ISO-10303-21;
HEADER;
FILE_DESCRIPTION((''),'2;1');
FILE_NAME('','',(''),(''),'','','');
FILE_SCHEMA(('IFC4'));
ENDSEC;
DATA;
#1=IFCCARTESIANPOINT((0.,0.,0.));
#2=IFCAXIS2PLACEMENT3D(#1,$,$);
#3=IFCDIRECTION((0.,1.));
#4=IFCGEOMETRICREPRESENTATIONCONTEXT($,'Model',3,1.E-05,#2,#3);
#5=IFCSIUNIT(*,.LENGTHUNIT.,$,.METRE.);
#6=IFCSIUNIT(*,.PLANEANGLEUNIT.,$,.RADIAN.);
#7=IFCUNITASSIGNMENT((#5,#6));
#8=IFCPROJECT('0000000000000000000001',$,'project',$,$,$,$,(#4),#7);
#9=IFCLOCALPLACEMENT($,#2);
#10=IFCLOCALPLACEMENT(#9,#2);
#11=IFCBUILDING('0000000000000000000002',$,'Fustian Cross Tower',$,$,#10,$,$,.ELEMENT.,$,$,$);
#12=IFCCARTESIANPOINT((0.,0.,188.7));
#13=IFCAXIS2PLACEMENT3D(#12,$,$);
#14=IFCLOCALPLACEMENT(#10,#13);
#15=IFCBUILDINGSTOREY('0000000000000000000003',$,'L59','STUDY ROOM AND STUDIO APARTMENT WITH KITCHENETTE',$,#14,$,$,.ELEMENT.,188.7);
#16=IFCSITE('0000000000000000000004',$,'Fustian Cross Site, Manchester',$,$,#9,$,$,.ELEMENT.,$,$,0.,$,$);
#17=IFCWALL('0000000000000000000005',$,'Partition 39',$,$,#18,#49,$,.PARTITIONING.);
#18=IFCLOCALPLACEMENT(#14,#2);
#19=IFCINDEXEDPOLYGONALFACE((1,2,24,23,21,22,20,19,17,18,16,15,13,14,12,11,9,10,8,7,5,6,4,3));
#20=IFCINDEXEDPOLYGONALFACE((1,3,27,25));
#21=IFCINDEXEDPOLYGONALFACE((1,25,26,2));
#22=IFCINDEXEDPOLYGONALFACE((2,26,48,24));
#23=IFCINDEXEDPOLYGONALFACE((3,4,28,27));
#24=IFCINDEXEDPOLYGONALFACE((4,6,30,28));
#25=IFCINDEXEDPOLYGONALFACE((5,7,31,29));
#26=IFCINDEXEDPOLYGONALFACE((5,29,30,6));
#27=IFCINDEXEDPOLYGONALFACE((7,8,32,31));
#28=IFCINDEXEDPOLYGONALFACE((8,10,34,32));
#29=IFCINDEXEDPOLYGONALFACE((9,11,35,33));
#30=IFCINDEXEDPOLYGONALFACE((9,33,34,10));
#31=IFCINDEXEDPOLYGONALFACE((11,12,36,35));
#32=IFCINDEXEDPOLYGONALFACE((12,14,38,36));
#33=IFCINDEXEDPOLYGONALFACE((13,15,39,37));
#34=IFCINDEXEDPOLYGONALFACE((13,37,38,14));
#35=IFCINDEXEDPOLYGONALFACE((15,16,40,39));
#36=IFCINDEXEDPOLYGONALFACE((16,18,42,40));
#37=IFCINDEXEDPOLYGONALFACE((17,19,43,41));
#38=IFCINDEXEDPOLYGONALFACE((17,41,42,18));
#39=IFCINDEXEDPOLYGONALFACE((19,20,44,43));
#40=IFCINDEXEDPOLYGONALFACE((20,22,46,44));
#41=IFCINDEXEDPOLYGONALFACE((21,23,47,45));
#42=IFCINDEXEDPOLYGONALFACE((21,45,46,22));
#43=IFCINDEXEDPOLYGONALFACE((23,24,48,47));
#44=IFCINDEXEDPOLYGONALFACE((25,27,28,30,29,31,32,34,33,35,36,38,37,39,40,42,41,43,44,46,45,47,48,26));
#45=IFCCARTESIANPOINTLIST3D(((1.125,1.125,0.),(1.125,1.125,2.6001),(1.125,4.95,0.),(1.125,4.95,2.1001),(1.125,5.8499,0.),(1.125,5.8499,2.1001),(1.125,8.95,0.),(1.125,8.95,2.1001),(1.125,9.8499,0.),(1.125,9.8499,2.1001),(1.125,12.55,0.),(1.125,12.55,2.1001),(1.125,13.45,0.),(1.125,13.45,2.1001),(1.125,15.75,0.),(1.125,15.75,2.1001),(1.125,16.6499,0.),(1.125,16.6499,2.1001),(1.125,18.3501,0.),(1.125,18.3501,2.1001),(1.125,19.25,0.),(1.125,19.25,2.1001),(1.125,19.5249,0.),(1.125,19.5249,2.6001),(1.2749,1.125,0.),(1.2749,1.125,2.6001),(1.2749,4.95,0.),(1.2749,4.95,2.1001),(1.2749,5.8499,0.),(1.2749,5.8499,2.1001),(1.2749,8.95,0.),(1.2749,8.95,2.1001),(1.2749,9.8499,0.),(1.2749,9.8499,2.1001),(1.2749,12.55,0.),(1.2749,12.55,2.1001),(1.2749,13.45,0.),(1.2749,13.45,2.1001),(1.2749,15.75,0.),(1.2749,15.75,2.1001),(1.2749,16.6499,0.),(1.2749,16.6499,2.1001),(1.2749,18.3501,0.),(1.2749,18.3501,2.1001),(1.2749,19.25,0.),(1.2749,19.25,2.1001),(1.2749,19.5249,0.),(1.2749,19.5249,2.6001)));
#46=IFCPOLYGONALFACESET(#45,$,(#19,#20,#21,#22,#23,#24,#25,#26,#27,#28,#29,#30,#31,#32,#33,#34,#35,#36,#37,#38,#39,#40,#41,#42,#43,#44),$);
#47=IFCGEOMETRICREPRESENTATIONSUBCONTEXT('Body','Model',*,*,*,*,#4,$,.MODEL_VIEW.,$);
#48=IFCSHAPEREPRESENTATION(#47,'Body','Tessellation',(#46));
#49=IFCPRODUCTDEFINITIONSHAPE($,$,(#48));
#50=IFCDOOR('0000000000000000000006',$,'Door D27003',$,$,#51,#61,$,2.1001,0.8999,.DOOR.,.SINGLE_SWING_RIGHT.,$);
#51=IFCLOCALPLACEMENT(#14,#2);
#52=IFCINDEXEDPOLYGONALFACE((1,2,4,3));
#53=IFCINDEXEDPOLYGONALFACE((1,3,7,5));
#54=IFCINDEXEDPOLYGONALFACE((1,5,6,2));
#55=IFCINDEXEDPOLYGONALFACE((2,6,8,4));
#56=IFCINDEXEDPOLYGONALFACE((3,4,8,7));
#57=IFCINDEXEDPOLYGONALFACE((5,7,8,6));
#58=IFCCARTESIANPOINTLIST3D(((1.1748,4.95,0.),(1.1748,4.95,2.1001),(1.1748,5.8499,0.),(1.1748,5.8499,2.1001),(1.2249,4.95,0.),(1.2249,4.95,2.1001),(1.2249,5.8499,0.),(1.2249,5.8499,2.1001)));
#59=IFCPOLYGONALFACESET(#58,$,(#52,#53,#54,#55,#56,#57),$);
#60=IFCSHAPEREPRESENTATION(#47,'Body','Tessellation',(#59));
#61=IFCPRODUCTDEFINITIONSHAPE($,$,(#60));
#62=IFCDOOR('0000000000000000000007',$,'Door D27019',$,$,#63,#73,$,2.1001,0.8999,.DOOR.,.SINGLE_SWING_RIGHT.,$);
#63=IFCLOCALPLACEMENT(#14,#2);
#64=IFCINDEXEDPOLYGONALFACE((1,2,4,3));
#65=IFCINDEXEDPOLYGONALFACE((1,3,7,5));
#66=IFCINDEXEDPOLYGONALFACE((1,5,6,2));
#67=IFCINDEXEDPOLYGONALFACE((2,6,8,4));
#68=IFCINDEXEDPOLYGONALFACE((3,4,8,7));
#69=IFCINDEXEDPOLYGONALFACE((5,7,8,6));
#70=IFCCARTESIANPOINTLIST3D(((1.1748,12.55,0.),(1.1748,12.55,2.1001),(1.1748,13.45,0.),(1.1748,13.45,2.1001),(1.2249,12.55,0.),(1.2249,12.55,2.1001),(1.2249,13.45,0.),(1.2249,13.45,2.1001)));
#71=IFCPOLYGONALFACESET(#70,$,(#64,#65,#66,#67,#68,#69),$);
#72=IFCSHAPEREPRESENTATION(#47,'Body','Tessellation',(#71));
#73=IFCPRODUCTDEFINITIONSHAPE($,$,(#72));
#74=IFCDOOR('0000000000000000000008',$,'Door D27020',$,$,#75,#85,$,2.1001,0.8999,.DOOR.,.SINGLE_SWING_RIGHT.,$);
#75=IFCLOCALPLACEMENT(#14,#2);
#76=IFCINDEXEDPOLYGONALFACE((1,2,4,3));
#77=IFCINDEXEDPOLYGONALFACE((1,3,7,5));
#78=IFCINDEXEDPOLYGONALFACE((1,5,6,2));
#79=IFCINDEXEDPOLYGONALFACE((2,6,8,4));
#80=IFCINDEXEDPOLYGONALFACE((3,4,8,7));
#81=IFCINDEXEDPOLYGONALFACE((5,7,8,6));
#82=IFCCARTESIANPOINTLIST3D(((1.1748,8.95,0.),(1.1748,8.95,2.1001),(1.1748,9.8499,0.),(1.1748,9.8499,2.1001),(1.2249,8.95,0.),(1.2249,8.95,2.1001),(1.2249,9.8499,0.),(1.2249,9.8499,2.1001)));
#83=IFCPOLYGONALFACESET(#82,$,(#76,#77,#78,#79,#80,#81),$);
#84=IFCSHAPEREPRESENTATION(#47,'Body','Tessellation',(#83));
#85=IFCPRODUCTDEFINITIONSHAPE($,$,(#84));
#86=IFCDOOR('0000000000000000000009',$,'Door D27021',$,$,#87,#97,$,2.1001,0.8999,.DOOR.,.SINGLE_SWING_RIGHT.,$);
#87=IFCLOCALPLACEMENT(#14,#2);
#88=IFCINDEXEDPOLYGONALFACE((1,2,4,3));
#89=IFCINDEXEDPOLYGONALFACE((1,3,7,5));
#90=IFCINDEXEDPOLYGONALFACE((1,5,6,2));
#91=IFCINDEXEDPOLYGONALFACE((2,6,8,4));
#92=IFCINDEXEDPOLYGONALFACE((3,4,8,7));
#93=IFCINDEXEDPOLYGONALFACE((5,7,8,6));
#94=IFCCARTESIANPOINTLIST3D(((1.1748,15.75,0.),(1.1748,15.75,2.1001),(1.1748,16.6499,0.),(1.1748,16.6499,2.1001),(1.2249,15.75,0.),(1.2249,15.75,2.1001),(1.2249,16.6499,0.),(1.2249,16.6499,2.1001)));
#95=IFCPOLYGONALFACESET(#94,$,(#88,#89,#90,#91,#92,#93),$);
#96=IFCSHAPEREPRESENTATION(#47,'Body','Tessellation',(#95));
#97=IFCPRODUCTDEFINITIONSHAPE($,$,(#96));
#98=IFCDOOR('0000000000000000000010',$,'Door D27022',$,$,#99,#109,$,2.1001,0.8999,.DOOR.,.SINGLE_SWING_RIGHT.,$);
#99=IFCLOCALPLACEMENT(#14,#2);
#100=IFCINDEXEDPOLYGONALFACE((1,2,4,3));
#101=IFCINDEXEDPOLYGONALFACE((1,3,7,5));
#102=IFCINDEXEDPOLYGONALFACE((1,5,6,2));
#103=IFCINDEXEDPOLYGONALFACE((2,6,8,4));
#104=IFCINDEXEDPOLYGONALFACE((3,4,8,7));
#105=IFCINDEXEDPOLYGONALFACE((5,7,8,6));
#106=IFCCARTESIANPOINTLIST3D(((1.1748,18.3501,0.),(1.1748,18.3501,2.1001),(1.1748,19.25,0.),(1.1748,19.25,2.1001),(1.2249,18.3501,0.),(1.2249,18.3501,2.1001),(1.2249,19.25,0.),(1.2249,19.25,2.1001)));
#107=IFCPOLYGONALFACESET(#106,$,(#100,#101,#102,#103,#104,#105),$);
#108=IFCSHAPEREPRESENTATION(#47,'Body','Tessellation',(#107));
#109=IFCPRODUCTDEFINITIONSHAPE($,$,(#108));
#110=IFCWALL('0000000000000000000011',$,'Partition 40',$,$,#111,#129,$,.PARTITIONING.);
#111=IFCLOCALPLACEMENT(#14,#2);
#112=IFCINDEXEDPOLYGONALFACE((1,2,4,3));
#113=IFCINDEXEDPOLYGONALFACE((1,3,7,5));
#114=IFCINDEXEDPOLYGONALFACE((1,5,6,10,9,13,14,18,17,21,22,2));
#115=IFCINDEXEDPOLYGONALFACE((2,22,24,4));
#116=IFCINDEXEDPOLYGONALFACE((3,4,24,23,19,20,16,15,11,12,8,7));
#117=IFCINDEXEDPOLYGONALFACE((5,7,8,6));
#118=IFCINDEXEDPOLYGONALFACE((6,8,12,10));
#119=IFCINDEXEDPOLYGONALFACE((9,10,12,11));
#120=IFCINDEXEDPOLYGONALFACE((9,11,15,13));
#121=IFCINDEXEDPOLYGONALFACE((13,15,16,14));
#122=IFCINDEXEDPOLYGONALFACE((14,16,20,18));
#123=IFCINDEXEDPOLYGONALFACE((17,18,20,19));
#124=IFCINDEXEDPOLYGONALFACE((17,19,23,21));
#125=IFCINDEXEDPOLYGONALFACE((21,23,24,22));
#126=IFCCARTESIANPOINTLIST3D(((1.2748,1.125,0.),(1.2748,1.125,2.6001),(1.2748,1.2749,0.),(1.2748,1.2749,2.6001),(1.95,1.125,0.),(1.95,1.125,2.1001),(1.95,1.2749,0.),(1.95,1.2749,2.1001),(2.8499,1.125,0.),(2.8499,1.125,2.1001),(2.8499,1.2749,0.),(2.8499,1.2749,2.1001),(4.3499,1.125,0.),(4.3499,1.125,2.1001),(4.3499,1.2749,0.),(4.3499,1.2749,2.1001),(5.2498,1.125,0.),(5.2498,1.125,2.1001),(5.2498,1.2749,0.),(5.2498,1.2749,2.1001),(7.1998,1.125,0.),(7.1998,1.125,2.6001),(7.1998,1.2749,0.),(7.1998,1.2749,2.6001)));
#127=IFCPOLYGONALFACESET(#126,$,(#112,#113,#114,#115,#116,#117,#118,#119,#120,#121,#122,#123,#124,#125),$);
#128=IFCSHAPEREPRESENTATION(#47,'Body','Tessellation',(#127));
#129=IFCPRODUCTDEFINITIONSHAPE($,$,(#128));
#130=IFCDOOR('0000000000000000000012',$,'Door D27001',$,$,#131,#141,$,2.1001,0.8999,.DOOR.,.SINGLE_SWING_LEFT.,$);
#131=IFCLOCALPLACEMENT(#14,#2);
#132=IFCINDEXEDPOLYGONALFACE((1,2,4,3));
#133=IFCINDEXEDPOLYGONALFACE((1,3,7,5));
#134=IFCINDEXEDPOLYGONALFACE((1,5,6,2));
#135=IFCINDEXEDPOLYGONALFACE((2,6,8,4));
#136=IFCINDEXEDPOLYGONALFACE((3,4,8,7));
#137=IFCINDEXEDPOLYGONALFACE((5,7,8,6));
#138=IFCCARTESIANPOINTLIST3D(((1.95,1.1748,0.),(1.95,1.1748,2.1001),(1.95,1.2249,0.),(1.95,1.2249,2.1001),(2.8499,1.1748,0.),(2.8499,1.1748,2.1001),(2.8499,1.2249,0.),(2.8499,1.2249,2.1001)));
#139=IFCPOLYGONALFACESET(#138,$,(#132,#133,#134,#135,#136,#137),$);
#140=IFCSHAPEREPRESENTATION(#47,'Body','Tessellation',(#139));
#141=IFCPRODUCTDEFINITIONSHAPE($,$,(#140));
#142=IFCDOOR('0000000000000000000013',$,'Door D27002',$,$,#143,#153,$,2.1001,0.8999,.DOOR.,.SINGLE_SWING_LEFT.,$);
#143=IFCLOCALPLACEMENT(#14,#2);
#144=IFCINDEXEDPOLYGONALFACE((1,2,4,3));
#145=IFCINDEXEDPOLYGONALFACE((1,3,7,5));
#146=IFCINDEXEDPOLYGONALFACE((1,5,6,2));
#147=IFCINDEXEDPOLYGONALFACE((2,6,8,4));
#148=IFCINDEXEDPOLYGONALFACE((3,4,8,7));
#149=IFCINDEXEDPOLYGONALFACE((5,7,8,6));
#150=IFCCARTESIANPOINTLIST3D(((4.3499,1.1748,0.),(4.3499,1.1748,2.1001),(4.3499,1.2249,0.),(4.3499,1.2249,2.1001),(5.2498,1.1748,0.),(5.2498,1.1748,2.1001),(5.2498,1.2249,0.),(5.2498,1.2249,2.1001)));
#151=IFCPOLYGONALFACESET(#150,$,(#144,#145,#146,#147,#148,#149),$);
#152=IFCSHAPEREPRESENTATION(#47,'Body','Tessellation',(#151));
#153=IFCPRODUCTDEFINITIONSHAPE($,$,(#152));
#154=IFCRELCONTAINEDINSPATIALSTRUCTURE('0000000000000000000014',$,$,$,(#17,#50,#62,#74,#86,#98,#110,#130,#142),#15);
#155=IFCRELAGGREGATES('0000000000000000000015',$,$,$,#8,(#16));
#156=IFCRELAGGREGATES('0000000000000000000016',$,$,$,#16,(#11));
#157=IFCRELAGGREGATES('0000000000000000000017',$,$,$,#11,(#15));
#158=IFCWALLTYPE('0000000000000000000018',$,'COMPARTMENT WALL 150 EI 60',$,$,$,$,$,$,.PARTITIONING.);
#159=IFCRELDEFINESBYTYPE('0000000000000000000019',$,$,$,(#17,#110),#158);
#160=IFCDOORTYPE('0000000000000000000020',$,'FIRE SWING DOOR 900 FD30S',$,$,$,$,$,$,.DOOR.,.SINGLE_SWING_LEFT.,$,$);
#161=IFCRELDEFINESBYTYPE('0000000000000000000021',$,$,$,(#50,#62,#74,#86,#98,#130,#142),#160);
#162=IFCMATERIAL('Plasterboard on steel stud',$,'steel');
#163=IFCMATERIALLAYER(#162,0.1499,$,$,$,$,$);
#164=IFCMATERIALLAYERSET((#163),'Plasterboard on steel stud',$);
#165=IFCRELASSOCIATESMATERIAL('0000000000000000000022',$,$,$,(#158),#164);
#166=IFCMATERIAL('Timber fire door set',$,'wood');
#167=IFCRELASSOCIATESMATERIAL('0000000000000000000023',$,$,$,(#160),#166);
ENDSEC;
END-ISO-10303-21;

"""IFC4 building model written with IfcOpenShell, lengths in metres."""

from ifc_helpers import new_model, si_unit, direction, frame, frame_2d, origin, place, context, subcontext, project, spatial, rectangle, extrude, material, layer, layer_set, type_object, element, fill, save


model = new_model("IFC4")

# Units and contexts
model_context = context("Model", 3, precision=1e-05, world=origin(), true_north=direction((0.0, 1.0)))
body_context = subcontext(model_context, "Body", "Model", "MODEL_VIEW")
ifc_project = project(units=[si_unit("LENGTHUNIT", "METRE"), si_unit("PLANEANGLEUNIT", "RADIAN")], contexts=[model_context])

# Site, building, storey
site_placement = place(None, origin())
site = spatial("IfcSite", under=ifc_project, at=site_placement, Name="Fustian Cross Site, Manchester", CompositionType="ELEMENT", RefElevation=0.0)
building_placement = place(site_placement, origin())
building = spatial("IfcBuilding", under=site, at=building_placement, Name="Fustian Cross Tower", CompositionType="ELEMENT")
storey_placement = place(building_placement, frame((0.0, 0.0, 188.7)))
storey = spatial("IfcBuildingStorey", under=building, at=storey_placement, Name="L59", Description="STUDY ROOM AND STUDIO APARTMENT WITH KITCHENETTE", CompositionType="ELEMENT", Elevation=188.7)

# Walls, openings, doors
ifc_material_1 = material(Name="Plasterboard on steel stud", Category="steel")
ifc_layer_1 = layer(ifc_material_1, 0.1499)
ifc_layer_set_1 = layer_set([ifc_layer_1], Name="Plasterboard on steel stud")
wall_type = type_object("IfcWallType", Name="COMPARTMENT WALL 150 EI 60", PredefinedType="PARTITIONING", material=ifc_layer_set_1)
ifc_material_2 = material(Name="Timber fire door set", Category="wood")
door_type = type_object("IfcDoorType", Name="FIRE SWING DOOR 900 FD30S", OperationType="SINGLE_SWING_LEFT", PredefinedType="DOOR", material=ifc_material_2)
wall_1_placement = place(storey_placement, frame((1.2, 1.125, 0.0), z_axis=(0.0, 0.0, 1.0), x_axis=(0.0, 1.0, 0.0)))
wall_1 = element("IfcWall", 1, at=wall_1_placement, inside=storey, type_object=wall_type, Name="Partition 39", PredefinedType="PARTITIONING", context=body_context, shape_type="SweptSolid", body=[
    extrude(rectangle(XDim=18.3999, YDim=0.1499, at=frame_2d((9.2, 0.0))), origin(), (0.0, 0.0, 1.0), 2.6001),
])
opening_1_placement = place(wall_1_placement, frame((3.825, 0.0, 0.0)))
opening_1 = element("IfcOpeningElement", 2, at=opening_1_placement, cuts=wall_1, PredefinedType="OPENING", context=body_context, shape_type="SweptSolid", body=[
    extrude(rectangle(XDim=0.8999, YDim=2.1001, at=frame_2d((0.45, 1.05))), frame((0.0, 0.085, 0.0), z_axis=(0.0, -1.0, 0.0), x_axis=(1.0, 0.0, 0.0)), (0.0, 0.0, 1.0), 0.1699),
])
opening_2_placement = place(wall_1_placement, frame((11.425, 0.0, 0.0)))
opening_2 = element("IfcOpeningElement", 3, at=opening_2_placement, cuts=wall_1, PredefinedType="OPENING", context=body_context, shape_type="SweptSolid", body=[
    extrude(rectangle(XDim=0.8999, YDim=2.1001, at=frame_2d((0.45, 1.05))), frame((0.0, 0.085, 0.0), z_axis=(0.0, -1.0, 0.0), x_axis=(1.0, 0.0, 0.0)), (0.0, 0.0, 1.0), 0.1699),
])
opening_3_placement = place(wall_1_placement, frame((7.825, 0.0, 0.0)))
opening_3 = element("IfcOpeningElement", 4, at=opening_3_placement, cuts=wall_1, PredefinedType="OPENING", context=body_context, shape_type="SweptSolid", body=[
    extrude(rectangle(XDim=0.8999, YDim=2.1001, at=frame_2d((0.45, 1.05))), frame((0.0, 0.085, 0.0), z_axis=(0.0, -1.0, 0.0), x_axis=(1.0, 0.0, 0.0)), (0.0, 0.0, 1.0), 0.1699),
])
opening_4_placement = place(wall_1_placement, frame((14.625, 0.0, 0.0)))
opening_4 = element("IfcOpeningElement", 5, at=opening_4_placement, cuts=wall_1, PredefinedType="OPENING", context=body_context, shape_type="SweptSolid", body=[
    extrude(rectangle(XDim=0.8999, YDim=2.1001, at=frame_2d((0.45, 1.05))), frame((0.0, 0.085, 0.0), z_axis=(0.0, -1.0, 0.0), x_axis=(1.0, 0.0, 0.0)), (0.0, 0.0, 1.0), 0.1699),
])
opening_5_placement = place(wall_1_placement, frame((17.2251, 0.0, 0.0)))
opening_5 = element("IfcOpeningElement", 6, at=opening_5_placement, cuts=wall_1, PredefinedType="OPENING", context=body_context, shape_type="SweptSolid", body=[
    extrude(rectangle(XDim=0.8999, YDim=2.1001, at=frame_2d((0.45, 1.05))), frame((0.0, 0.085, 0.0), z_axis=(0.0, -1.0, 0.0), x_axis=(1.0, 0.0, 0.0)), (0.0, 0.0, 1.0), 0.1699),
])
door_1_placement = place(opening_1_placement, frame((0.8999, 0.0, 0.0), z_axis=(0.0, 0.0, 1.0), x_axis=(-1.0, 0.0, 0.0)))
door_1 = element("IfcDoor", 7, at=door_1_placement, inside=storey, type_object=door_type, Name="Door D27003", OperationType="SINGLE_SWING_RIGHT", OverallHeight=2.1001, OverallWidth=0.8999, PredefinedType="DOOR", context=body_context, shape_type="SweptSolid", body=[
    extrude(rectangle(XDim=0.8999, YDim=2.1001, at=frame_2d((0.45, 1.05))), frame((0.0, 0.0249, 0.0), z_axis=(0.0, -1.0, 0.0), x_axis=(1.0, 0.0, 0.0)), (0.0, 0.0, 1.0), 0.05),
])
fill(opening_1, door_1)
door_2_placement = place(opening_2_placement, frame((0.8999, 0.0, 0.0), z_axis=(0.0, 0.0, 1.0), x_axis=(-1.0, 0.0, 0.0)))
door_2 = element("IfcDoor", 8, at=door_2_placement, inside=storey, type_object=door_type, Name="Door D27019", OperationType="SINGLE_SWING_RIGHT", OverallHeight=2.1001, OverallWidth=0.8999, PredefinedType="DOOR", context=body_context, shape_type="SweptSolid", body=[
    extrude(rectangle(XDim=0.8999, YDim=2.1001, at=frame_2d((0.45, 1.05))), frame((0.0, 0.0249, 0.0), z_axis=(0.0, -1.0, 0.0), x_axis=(1.0, 0.0, 0.0)), (0.0, 0.0, 1.0), 0.05),
])
fill(opening_2, door_2)
door_3_placement = place(opening_3_placement, frame((0.8999, 0.0, 0.0), z_axis=(0.0, 0.0, 1.0), x_axis=(-1.0, 0.0, 0.0)))
door_3 = element("IfcDoor", 9, at=door_3_placement, inside=storey, type_object=door_type, Name="Door D27020", OperationType="SINGLE_SWING_RIGHT", OverallHeight=2.1001, OverallWidth=0.8999, PredefinedType="DOOR", context=body_context, shape_type="SweptSolid", body=[
    extrude(rectangle(XDim=0.8999, YDim=2.1001, at=frame_2d((0.45, 1.05))), frame((0.0, 0.0249, 0.0), z_axis=(0.0, -1.0, 0.0), x_axis=(1.0, 0.0, 0.0)), (0.0, 0.0, 1.0), 0.05),
])
fill(opening_3, door_3)
door_4_placement = place(opening_4_placement, frame((0.8999, 0.0, 0.0), z_axis=(0.0, 0.0, 1.0), x_axis=(-1.0, 0.0, 0.0)))
door_4 = element("IfcDoor", 10, at=door_4_placement, inside=storey, type_object=door_type, Name="Door D27021", OperationType="SINGLE_SWING_RIGHT", OverallHeight=2.1001, OverallWidth=0.8999, PredefinedType="DOOR", context=body_context, shape_type="SweptSolid", body=[
    extrude(rectangle(XDim=0.8999, YDim=2.1001, at=frame_2d((0.45, 1.05))), frame((0.0, 0.0249, 0.0), z_axis=(0.0, -1.0, 0.0), x_axis=(1.0, 0.0, 0.0)), (0.0, 0.0, 1.0), 0.05),
])
fill(opening_4, door_4)
door_5_placement = place(opening_5_placement, frame((0.8999, 0.0, 0.0), z_axis=(0.0, 0.0, 1.0), x_axis=(-1.0, 0.0, 0.0)))
door_5 = element("IfcDoor", 11, at=door_5_placement, inside=storey, type_object=door_type, Name="Door D27022", OperationType="SINGLE_SWING_RIGHT", OverallHeight=2.1001, OverallWidth=0.8999, PredefinedType="DOOR", context=body_context, shape_type="SweptSolid", body=[
    extrude(rectangle(XDim=0.8999, YDim=2.1001, at=frame_2d((0.45, 1.05))), frame((0.0, 0.0249, 0.0), z_axis=(0.0, -1.0, 0.0), x_axis=(1.0, 0.0, 0.0)), (0.0, 0.0, 1.0), 0.05),
])
fill(opening_5, door_5)
wall_2_placement = place(storey_placement, frame((1.2749, 1.2, 0.0), z_axis=(0.0, 0.0, 1.0), x_axis=(1.0, 0.0, 0.0)))
wall_2 = element("IfcWall", 12, at=wall_2_placement, inside=storey, type_object=wall_type, Name="Partition 40", PredefinedType="PARTITIONING", context=body_context, shape_type="SweptSolid", body=[
    extrude(rectangle(XDim=5.925, YDim=0.1499, at=frame_2d((2.9624, 0.0))), origin(), (0.0, 0.0, 1.0), 2.6001),
])
opening_6_placement = place(wall_2_placement, frame((0.675, 0.0, 0.0)))
opening_6 = element("IfcOpeningElement", 13, at=opening_6_placement, cuts=wall_2, PredefinedType="OPENING", context=body_context, shape_type="SweptSolid", body=[
    extrude(rectangle(XDim=0.8999, YDim=2.1001, at=frame_2d((0.45, 1.05))), frame((0.0, 0.085, 0.0), z_axis=(0.0, -1.0, 0.0), x_axis=(1.0, 0.0, 0.0)), (0.0, 0.0, 1.0), 0.1699),
])
opening_7_placement = place(wall_2_placement, frame((3.075, 0.0, 0.0)))
opening_7 = element("IfcOpeningElement", 14, at=opening_7_placement, cuts=wall_2, PredefinedType="OPENING", context=body_context, shape_type="SweptSolid", body=[
    extrude(rectangle(XDim=0.8999, YDim=2.1001, at=frame_2d((0.45, 1.05))), frame((0.0, 0.085, 0.0), z_axis=(0.0, -1.0, 0.0), x_axis=(1.0, 0.0, 0.0)), (0.0, 0.0, 1.0), 0.1699),
])
door_6_placement = place(opening_6_placement, origin())
door_6 = element("IfcDoor", 15, at=door_6_placement, inside=storey, type_object=door_type, Name="Door D27001", OperationType="SINGLE_SWING_LEFT", OverallHeight=2.1001, OverallWidth=0.8999, PredefinedType="DOOR", context=body_context, shape_type="SweptSolid", body=[
    extrude(rectangle(XDim=0.8999, YDim=2.1001, at=frame_2d((0.45, 1.05))), frame((0.0, 0.0249, 0.0), z_axis=(0.0, -1.0, 0.0), x_axis=(1.0, 0.0, 0.0)), (0.0, 0.0, 1.0), 0.05),
])
fill(opening_6, door_6)
door_7_placement = place(opening_7_placement, origin())
door_7 = element("IfcDoor", 16, at=door_7_placement, inside=storey, type_object=door_type, Name="Door D27002", OperationType="SINGLE_SWING_LEFT", OverallHeight=2.1001, OverallWidth=0.8999, PredefinedType="DOOR", context=body_context, shape_type="SweptSolid", body=[
    extrude(rectangle(XDim=0.8999, YDim=2.1001, at=frame_2d((0.45, 1.05))), frame((0.0, 0.0249, 0.0), z_axis=(0.0, -1.0, 0.0), x_axis=(1.0, 0.0, 0.0)), (0.0, 0.0, 1.0), 0.05),
])
fill(opening_7, door_7)

save(model, "model.ifc")
